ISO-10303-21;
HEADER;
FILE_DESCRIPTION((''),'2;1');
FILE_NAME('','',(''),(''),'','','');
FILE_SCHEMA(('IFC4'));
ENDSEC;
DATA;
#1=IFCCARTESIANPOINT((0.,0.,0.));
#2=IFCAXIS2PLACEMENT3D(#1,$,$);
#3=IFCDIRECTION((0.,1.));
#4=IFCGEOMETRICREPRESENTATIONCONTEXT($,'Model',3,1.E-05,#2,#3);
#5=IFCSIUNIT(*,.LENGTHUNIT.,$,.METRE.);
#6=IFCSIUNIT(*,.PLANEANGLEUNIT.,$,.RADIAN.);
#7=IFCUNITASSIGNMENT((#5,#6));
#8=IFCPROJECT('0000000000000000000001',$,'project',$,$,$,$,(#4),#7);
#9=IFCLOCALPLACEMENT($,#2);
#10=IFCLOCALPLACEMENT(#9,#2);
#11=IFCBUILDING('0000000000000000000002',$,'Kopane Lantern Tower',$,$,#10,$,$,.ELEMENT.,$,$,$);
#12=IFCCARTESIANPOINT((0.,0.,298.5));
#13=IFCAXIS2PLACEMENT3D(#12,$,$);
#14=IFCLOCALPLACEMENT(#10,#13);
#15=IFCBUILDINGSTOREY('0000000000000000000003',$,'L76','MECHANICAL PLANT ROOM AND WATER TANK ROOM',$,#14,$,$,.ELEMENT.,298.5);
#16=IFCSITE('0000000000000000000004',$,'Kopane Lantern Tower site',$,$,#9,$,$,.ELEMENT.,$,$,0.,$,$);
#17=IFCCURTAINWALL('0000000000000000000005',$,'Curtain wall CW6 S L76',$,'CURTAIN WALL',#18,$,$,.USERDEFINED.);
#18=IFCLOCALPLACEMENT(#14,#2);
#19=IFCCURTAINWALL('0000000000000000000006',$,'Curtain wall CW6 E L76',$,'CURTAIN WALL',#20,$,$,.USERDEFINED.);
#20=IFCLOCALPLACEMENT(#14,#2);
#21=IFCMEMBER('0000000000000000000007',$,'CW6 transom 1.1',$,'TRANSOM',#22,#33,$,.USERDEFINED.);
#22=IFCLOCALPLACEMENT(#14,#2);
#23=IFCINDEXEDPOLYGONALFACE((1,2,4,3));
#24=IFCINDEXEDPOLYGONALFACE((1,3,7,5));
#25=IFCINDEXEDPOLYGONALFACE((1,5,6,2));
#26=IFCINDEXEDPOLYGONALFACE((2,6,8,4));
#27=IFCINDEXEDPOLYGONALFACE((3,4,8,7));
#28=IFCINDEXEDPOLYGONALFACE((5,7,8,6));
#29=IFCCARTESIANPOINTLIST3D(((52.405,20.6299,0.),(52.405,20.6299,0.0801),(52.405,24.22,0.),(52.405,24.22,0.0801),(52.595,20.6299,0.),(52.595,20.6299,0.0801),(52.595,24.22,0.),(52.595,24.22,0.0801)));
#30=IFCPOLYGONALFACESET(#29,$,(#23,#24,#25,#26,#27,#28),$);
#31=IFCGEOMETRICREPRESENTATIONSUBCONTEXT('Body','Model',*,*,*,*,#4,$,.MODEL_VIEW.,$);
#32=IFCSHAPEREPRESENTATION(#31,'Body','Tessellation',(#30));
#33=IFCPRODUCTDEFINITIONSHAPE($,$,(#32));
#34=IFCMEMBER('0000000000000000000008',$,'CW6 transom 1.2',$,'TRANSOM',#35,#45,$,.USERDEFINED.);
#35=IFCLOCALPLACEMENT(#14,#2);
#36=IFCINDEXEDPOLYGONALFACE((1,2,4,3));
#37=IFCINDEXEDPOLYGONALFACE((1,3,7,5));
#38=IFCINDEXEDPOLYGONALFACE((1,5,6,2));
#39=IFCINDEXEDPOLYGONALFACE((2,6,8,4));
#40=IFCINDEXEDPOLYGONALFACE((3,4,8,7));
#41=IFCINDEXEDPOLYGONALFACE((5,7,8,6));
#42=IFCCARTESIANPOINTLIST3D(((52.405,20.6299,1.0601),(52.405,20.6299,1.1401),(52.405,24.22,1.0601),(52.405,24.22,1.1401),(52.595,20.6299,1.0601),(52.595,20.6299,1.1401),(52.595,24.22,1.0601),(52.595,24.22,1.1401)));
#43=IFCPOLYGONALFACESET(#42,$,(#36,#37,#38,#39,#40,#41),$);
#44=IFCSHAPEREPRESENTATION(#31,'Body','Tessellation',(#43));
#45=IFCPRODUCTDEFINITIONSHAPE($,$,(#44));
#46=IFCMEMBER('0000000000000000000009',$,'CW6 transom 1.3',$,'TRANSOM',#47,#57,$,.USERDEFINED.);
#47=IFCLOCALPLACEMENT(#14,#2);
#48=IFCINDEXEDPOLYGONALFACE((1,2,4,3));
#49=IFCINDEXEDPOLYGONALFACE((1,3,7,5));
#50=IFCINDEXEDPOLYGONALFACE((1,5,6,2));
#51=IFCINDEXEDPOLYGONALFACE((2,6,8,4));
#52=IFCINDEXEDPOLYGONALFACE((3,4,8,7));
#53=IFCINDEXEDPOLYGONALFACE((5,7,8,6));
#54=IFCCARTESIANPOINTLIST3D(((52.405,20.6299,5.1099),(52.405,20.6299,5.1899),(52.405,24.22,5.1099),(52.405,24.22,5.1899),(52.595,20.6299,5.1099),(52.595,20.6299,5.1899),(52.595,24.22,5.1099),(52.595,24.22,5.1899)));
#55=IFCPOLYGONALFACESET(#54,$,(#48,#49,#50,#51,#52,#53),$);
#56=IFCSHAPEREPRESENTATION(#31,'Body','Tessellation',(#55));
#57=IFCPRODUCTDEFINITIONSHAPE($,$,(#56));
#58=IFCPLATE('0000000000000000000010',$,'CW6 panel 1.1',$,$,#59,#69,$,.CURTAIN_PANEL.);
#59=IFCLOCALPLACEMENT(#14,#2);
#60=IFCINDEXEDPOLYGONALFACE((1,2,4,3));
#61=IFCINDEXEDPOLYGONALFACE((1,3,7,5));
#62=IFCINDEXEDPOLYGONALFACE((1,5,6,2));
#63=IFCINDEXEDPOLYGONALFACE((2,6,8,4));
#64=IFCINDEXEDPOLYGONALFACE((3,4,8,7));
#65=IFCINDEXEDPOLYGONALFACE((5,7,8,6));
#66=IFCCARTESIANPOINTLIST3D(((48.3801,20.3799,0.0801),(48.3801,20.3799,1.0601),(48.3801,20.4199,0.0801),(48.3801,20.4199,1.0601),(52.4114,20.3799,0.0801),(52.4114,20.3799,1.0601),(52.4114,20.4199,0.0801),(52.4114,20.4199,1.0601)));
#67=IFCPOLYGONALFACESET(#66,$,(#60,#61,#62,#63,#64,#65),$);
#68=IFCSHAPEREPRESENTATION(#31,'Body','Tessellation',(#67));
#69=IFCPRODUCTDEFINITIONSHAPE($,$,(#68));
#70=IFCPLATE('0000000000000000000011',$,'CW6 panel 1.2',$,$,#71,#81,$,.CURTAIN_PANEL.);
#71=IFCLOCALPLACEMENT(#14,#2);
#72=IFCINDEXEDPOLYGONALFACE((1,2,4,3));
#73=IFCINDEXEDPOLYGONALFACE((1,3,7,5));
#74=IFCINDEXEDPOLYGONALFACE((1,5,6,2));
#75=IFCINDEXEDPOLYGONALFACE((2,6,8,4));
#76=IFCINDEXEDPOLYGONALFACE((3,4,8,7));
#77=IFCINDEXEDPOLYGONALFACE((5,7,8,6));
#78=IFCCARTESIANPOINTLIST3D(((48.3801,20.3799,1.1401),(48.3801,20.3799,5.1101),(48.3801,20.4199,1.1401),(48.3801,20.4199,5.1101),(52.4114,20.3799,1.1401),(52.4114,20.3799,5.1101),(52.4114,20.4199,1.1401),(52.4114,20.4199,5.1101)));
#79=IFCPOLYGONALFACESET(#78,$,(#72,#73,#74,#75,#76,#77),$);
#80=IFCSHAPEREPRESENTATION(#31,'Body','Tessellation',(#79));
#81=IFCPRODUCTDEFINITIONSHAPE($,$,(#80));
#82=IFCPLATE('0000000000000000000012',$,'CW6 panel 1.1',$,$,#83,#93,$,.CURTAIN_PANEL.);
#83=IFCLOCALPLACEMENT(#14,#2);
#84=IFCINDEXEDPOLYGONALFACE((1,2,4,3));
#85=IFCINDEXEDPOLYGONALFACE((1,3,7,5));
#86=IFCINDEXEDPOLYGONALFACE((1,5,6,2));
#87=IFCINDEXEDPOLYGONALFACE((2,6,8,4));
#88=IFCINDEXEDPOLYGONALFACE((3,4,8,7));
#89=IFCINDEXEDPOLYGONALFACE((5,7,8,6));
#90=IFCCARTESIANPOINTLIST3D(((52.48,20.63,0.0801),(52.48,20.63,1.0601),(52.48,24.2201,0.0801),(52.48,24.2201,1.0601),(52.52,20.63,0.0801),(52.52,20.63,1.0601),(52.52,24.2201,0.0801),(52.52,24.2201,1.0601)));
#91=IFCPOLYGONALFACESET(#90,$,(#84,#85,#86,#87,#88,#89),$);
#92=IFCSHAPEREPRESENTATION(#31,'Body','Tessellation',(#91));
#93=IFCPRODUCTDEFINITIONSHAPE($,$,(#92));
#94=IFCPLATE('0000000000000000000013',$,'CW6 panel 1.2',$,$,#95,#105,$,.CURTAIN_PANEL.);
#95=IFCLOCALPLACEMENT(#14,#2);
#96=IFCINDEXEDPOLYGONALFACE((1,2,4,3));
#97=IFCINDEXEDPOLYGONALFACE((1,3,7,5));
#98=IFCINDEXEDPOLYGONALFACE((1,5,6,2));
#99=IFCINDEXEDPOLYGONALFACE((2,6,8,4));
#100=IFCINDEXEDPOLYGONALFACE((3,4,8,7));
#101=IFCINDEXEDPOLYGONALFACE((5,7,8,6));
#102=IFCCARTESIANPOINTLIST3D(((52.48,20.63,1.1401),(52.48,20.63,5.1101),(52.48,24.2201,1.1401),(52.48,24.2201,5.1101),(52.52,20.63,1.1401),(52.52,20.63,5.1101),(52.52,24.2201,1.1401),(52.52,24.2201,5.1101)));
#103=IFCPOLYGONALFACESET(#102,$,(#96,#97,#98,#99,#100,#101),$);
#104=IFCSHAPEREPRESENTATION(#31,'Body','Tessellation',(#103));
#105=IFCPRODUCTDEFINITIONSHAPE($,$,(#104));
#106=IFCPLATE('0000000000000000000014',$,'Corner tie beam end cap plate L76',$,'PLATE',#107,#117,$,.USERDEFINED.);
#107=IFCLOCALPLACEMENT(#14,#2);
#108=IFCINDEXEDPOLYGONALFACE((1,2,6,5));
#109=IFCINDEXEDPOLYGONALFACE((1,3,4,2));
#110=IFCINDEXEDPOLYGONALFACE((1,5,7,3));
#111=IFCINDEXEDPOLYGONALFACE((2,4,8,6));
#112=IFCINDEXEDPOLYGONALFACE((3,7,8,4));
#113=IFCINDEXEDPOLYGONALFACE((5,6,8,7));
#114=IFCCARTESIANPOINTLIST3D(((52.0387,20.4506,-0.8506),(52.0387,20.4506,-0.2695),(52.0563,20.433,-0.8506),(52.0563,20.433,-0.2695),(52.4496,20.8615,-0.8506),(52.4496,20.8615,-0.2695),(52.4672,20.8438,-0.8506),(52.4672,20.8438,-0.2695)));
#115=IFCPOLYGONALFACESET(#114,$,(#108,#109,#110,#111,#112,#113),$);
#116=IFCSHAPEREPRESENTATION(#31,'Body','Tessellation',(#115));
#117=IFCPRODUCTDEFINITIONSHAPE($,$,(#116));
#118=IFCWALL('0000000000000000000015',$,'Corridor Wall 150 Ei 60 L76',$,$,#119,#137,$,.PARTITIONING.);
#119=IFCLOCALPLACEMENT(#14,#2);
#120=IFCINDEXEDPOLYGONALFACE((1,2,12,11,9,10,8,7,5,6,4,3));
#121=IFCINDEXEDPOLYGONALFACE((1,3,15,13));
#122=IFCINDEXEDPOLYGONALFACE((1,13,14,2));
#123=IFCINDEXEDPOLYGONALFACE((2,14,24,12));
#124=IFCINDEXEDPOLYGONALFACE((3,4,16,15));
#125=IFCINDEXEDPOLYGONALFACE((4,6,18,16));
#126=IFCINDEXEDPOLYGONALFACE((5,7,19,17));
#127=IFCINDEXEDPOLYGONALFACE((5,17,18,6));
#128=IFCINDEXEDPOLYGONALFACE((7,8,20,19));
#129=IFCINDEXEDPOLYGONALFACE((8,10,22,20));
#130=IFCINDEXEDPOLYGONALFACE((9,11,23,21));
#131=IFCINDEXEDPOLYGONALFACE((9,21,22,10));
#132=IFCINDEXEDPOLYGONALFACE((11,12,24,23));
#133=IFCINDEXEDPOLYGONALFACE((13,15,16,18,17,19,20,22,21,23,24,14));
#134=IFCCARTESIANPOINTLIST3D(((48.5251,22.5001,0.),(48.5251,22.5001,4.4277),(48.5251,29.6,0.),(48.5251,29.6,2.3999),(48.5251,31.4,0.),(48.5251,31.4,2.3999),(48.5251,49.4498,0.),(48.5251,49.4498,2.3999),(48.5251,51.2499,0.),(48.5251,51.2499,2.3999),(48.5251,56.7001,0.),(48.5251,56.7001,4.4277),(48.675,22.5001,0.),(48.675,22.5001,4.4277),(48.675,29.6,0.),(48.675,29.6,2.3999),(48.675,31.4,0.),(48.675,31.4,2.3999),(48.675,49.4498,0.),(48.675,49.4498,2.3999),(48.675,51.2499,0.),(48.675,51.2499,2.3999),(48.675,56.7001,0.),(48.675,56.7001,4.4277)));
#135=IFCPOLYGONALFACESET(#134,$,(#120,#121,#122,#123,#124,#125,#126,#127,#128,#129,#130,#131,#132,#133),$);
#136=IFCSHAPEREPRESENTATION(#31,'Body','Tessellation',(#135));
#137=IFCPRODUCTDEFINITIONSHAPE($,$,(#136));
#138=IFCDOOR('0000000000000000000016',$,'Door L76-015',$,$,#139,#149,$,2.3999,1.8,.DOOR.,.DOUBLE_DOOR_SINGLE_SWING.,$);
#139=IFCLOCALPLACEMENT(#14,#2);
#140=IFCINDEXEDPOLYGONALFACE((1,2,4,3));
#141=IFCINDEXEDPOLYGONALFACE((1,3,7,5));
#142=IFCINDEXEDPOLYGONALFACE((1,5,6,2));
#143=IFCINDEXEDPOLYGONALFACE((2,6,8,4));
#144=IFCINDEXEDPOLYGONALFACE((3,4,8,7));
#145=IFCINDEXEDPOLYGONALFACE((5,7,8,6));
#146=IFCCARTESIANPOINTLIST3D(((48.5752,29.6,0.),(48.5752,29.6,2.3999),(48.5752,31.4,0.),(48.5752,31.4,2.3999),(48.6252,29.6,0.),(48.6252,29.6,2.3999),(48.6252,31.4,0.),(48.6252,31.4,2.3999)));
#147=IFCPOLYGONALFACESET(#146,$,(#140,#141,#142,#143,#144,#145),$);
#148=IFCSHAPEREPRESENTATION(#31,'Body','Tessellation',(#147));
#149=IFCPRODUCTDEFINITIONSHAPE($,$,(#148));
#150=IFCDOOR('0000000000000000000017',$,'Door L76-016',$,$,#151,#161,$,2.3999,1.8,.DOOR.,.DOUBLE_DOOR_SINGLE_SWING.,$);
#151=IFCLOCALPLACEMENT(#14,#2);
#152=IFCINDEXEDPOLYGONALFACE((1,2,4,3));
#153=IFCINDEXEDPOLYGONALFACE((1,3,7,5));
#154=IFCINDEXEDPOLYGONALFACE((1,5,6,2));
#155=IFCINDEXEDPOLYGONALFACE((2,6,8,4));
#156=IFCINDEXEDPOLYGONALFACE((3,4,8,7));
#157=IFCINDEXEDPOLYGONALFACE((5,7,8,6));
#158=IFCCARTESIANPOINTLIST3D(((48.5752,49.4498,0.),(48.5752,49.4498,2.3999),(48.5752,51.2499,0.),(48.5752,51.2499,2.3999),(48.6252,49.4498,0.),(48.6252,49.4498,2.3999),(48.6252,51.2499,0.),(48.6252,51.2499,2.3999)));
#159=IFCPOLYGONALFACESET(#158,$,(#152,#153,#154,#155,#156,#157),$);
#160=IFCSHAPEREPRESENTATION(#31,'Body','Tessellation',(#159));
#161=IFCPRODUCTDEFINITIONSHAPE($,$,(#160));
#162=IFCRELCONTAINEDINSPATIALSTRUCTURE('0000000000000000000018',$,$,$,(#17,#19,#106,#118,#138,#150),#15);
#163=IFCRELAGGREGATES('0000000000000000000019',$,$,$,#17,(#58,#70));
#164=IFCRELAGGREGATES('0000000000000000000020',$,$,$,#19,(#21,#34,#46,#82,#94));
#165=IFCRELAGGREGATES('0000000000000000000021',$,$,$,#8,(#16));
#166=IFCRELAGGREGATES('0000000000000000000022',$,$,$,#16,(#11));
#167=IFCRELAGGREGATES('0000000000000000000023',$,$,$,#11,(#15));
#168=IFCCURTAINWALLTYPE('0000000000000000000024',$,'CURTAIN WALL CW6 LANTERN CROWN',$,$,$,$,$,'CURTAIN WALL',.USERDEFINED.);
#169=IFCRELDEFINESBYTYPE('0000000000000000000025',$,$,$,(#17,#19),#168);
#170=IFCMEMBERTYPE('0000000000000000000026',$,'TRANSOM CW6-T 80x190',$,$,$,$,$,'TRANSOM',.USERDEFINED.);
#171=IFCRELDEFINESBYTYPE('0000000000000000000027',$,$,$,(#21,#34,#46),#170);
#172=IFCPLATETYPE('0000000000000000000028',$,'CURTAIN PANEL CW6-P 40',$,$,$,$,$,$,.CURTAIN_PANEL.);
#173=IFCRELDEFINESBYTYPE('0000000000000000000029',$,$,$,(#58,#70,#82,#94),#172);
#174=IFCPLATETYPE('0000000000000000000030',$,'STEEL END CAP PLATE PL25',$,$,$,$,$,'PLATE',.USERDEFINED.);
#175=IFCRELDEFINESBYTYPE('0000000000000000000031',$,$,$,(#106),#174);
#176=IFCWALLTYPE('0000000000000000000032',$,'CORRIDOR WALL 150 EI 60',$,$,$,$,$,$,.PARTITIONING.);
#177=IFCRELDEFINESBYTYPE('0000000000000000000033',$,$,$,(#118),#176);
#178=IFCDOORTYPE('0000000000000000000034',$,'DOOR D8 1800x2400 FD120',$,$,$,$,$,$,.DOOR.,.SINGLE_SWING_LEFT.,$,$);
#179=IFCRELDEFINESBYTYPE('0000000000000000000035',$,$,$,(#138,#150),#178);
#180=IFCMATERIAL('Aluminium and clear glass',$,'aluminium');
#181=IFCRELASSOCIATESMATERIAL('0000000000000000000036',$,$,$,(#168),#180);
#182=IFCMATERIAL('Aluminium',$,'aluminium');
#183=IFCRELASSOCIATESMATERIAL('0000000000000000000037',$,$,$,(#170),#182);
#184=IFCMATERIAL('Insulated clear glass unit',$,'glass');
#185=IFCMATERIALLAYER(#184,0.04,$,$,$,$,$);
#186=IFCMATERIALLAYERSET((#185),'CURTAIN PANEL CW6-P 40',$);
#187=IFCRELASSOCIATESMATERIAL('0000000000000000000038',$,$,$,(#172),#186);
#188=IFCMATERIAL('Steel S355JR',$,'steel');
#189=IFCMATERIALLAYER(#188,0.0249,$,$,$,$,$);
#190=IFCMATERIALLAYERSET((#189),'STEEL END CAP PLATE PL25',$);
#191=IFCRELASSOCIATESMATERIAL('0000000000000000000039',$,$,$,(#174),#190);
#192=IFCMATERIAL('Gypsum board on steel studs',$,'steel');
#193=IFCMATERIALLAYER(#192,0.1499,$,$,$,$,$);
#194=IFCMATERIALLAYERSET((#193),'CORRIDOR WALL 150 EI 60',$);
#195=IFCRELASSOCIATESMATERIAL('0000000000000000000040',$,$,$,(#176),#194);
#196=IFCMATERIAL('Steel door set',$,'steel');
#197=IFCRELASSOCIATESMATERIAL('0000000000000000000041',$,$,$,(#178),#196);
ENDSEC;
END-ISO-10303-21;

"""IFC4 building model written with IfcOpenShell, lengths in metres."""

from ifc_helpers import new_model, si_unit, direction, frame, frame_2d, origin, origin_2d, place, context, subcontext, project, spatial, rectangle, extrude, material, layer, layer_set, material_profile, profile_set, type_object, element, fill, aggregate, save


model = new_model("IFC4")

# Units and contexts
model_context = context("Model", 3, precision=1e-05, world=origin(), true_north=direction((0.0, 1.0)))
body_context = subcontext(model_context, "Body", "Model", "MODEL_VIEW")
ifc_project = project(units=[si_unit("LENGTHUNIT", "METRE"), si_unit("PLANEANGLEUNIT", "RADIAN")], contexts=[model_context])

# Site, building, storey
site_placement = place(None, origin())
site = spatial("IfcSite", under=ifc_project, at=site_placement, Name="Kopane Lantern Tower site", CompositionType="ELEMENT", RefElevation=0.0)
building_placement = place(site_placement, origin())
building = spatial("IfcBuilding", under=site, at=building_placement, Name="Kopane Lantern Tower", CompositionType="ELEMENT")
storey_placement = place(building_placement, frame((0.0, 0.0, 298.5)))
storey = spatial("IfcBuildingStorey", under=building, at=storey_placement, Name="L76", Description="MECHANICAL PLANT ROOM AND WATER TANK ROOM", CompositionType="ELEMENT", Elevation=298.5)

# Curtain wall
ifc_material_1 = material(Name="Aluminium and clear glass", Category="aluminium")
curtain_wall_type = type_object("IfcCurtainWallType", Name="CURTAIN WALL CW6 LANTERN CROWN", ElementType="CURTAIN WALL", PredefinedType="USERDEFINED", material=ifc_material_1)
curtain_wall_1_placement = place(storey_placement, origin())
curtain_wall_1 = element("IfcCurtainWall", 1, at=curtain_wall_1_placement, inside=storey, type_object=curtain_wall_type, Name="Curtain wall CW6 S L76", ObjectType="CURTAIN WALL", PredefinedType="USERDEFINED")

# Curtain wall
curtain_wall_2_placement = place(storey_placement, origin())
curtain_wall_2 = element("IfcCurtainWall", 2, at=curtain_wall_2_placement, inside=storey, type_object=curtain_wall_type, Name="Curtain wall CW6 E L76", ObjectType="CURTAIN WALL", PredefinedType="USERDEFINED")

# Members
ifc_material_2 = material(Name="Aluminium", Category="aluminium")
ifc_material_profile_1 = material_profile(ifc_material_2, rectangle(XDim=0.1899, YDim=0.0801, at=origin_2d()), Name="AL 190x80")
ifc_profile_set_1 = profile_set([ifc_material_profile_1], Name="Aluminium")
member_type_1 = type_object("IfcMemberType", Name="TRANSOM CW6-T 80x190", ElementType="TRANSOM", PredefinedType="USERDEFINED", material=ifc_profile_set_1)
member_1_placement = place(storey_placement, frame((52.5, 20.6299, 0.04), z_axis=(0.0, 1.0, 0.0), x_axis=(-1.0, 0.0, 0.0)))
member_1 = element("IfcMember", 3, at=member_1_placement, type_object=member_type_1, Name="CW6 transom 1.1", ObjectType="TRANSOM", PredefinedType="USERDEFINED", context=body_context, shape_type="SweptSolid", body=[
    extrude(rectangle(XDim=0.1899, YDim=0.0801, at=origin_2d()), origin(), (0.0, 0.0, 1.0), 3.5901),
])
member_2_placement = place(storey_placement, frame((52.5, 20.6299, 1.1001), z_axis=(0.0, 1.0, 0.0), x_axis=(-1.0, 0.0, 0.0)))
member_2 = element("IfcMember", 4, at=member_2_placement, type_object=member_type_1, Name="CW6 transom 1.2", ObjectType="TRANSOM", PredefinedType="USERDEFINED", context=body_context, shape_type="SweptSolid", body=[
    extrude(rectangle(XDim=0.1899, YDim=0.0801, at=origin_2d()), origin(), (0.0, 0.0, 1.0), 3.5901),
])
member_3_placement = place(storey_placement, frame((52.5, 20.6299, 5.1499), z_axis=(0.0, 1.0, 0.0), x_axis=(-1.0, 0.0, 0.0)))
member_3 = element("IfcMember", 5, at=member_3_placement, type_object=member_type_1, Name="CW6 transom 1.3", ObjectType="TRANSOM", PredefinedType="USERDEFINED", context=body_context, shape_type="SweptSolid", body=[
    extrude(rectangle(XDim=0.1899, YDim=0.0801, at=origin_2d()), origin(), (0.0, 0.0, 1.0), 3.5901),
])

# Plates
ifc_material_3 = material(Name="Insulated clear glass unit", Category="glass")
ifc_layer_1 = layer(ifc_material_3, 0.04)
ifc_layer_set_1 = layer_set([ifc_layer_1], Name="CURTAIN PANEL CW6-P 40")
plate_type_1 = type_object("IfcPlateType", Name="CURTAIN PANEL CW6-P 40", PredefinedType="CURTAIN_PANEL", material=ifc_layer_set_1)
plate_1_placement = place(storey_placement, frame((50.3958, 20.3999, 0.0801), z_axis=(0.0, 0.0, 1.0), x_axis=(1.0, 0.0, 0.0)))
plate_1 = element("IfcPlate", 6, at=plate_1_placement, type_object=plate_type_1, Name="CW6 panel 1.1", PredefinedType="CURTAIN_PANEL", context=body_context, shape_type="SweptSolid", body=[
    extrude(rectangle(XDim=4.0312, YDim=0.04, at=origin_2d()), origin(), (0.0, 0.0, 1.0), 0.98),
])
plate_2_placement = place(storey_placement, frame((50.3958, 20.3999, 1.1401), z_axis=(0.0, 0.0, 1.0), x_axis=(1.0, 0.0, 0.0)))
plate_2 = element("IfcPlate", 7, at=plate_2_placement, type_object=plate_type_1, Name="CW6 panel 1.2", PredefinedType="CURTAIN_PANEL", context=body_context, shape_type="SweptSolid", body=[
    extrude(rectangle(XDim=4.0312, YDim=0.04, at=origin_2d()), origin(), (0.0, 0.0, 1.0), 3.97),
])
aggregate(curtain_wall_1, [plate_1, plate_2])
plate_3_placement = place(storey_placement, frame((52.5, 22.425, 0.0801), z_axis=(0.0, 0.0, 1.0), x_axis=(0.0, 1.0, 0.0)))
plate_3 = element("IfcPlate", 8, at=plate_3_placement, type_object=plate_type_1, Name="CW6 panel 1.1", PredefinedType="CURTAIN_PANEL", context=body_context, shape_type="SweptSolid", body=[
    extrude(rectangle(XDim=3.5901, YDim=0.04, at=origin_2d()), origin(), (0.0, 0.0, 1.0), 0.98),
])
plate_4_placement = place(storey_placement, frame((52.5, 22.425, 1.1401), z_axis=(0.0, 0.0, 1.0), x_axis=(0.0, 1.0, 0.0)))
plate_4 = element("IfcPlate", 9, at=plate_4_placement, type_object=plate_type_1, Name="CW6 panel 1.2", PredefinedType="CURTAIN_PANEL", context=body_context, shape_type="SweptSolid", body=[
    extrude(rectangle(XDim=3.5901, YDim=0.04, at=origin_2d()), origin(), (0.0, 0.0, 1.0), 3.97),
])
aggregate(curtain_wall_2, [member_1, member_2, member_3, plate_3, plate_4])
ifc_material_4 = material(Name="Steel S355JR", Category="steel")
ifc_layer_2 = layer(ifc_material_4, 0.0249)
ifc_layer_set_2 = layer_set([ifc_layer_2], Name="STEEL END CAP PLATE PL25")
plate_type_2 = type_object("IfcPlateType", Name="STEEL END CAP PLATE PL25", ElementType="PLATE", PredefinedType="USERDEFINED", material=ifc_layer_set_2)
plate_5_placement = place(storey_placement, frame((52.2529, 20.6472, -0.8506), z_axis=(0.0, 0.0, 1.0), x_axis=(0.707107, -0.707107, 0.0)))
element("IfcPlate", 10, at=plate_5_placement, inside=storey, type_object=plate_type_2, Name="Corner tie beam end cap plate L76", ObjectType="PLATE", PredefinedType="USERDEFINED", context=body_context, shape_type="SweptSolid", body=[
    extrude(rectangle(XDim=0.0249, YDim=0.5811, at=origin_2d()), origin(), (0.0, 0.0, 1.0), 0.5811),
])

# Wall, openings, doors
ifc_material_5 = material(Name="Gypsum board on steel studs", Category="steel")
ifc_layer_3 = layer(ifc_material_5, 0.1499)
ifc_layer_set_3 = layer_set([ifc_layer_3], Name="CORRIDOR WALL 150 EI 60")
wall_type_1 = type_object("IfcWallType", Name="CORRIDOR WALL 150 EI 60", PredefinedType="PARTITIONING", material=ifc_layer_set_3)
wall_1_placement = place(storey_placement, frame((48.6001, 22.5, 0.0), z_axis=(0.0, 0.0, 1.0), x_axis=(0.0, 1.0, 0.0)))
wall_1 = element("IfcWall", 11, at=wall_1_placement, inside=storey, type_object=wall_type_1, Name="Corridor Wall 150 Ei 60 L76", PredefinedType="PARTITIONING", context=body_context, shape_type="SweptSolid", body=[
    extrude(rectangle(XDim=34.2, YDim=0.1499, at=frame_2d((17.1001, 0.0))), origin(), (0.0, 0.0, 1.0), 4.4277),
])
opening_1_placement = place(wall_1_placement, frame((7.1001, 0.0, 0.0)))
opening_1 = element("IfcOpeningElement", 12, at=opening_1_placement, cuts=wall_1, PredefinedType="OPENING", context=body_context, shape_type="SweptSolid", body=[
    extrude(rectangle(XDim=1.8, YDim=2.3999, at=frame_2d((0.8999, 1.2))), frame((0.0, 0.085, 0.0), z_axis=(0.0, -1.0, 0.0), x_axis=(1.0, 0.0, 0.0)), (0.0, 0.0, 1.0), 0.1699),
])
opening_2_placement = place(wall_1_placement, frame((26.95, 0.0, 0.0)))
opening_2 = element("IfcOpeningElement", 13, at=opening_2_placement, cuts=wall_1, PredefinedType="OPENING", context=body_context, shape_type="SweptSolid", body=[
    extrude(rectangle(XDim=1.8, YDim=2.3999, at=frame_2d((0.8999, 1.2))), frame((0.0, 0.085, 0.0), z_axis=(0.0, -1.0, 0.0), x_axis=(1.0, 0.0, 0.0)), (0.0, 0.0, 1.0), 0.1699),
])
ifc_material_6 = material(Name="Steel door set", Category="steel")
door_type_1 = type_object("IfcDoorType", Name="DOOR D8 1800x2400 FD120", OperationType="SINGLE_SWING_LEFT", PredefinedType="DOOR", material=ifc_material_6)
door_1_placement = place(opening_1_placement, origin())
door_1 = element("IfcDoor", 14, at=door_1_placement, inside=storey, type_object=door_type_1, Name="Door L76-015", OperationType="DOUBLE_DOOR_SINGLE_SWING", OverallHeight=2.3999, OverallWidth=1.8, PredefinedType="DOOR", context=body_context, shape_type="SweptSolid", body=[
    extrude(rectangle(XDim=1.8, YDim=2.3999, at=frame_2d((0.8999, 1.2))), frame((0.0, 0.0249, 0.0), z_axis=(0.0, -1.0, 0.0), x_axis=(1.0, 0.0, 0.0)), (0.0, 0.0, 1.0), 0.05),
])
fill(opening_1, door_1)
door_2_placement = place(opening_2_placement, origin())
door_2 = element("IfcDoor", 15, at=door_2_placement, inside=storey, type_object=door_type_1, Name="Door L76-016", OperationType="DOUBLE_DOOR_SINGLE_SWING", OverallHeight=2.3999, OverallWidth=1.8, PredefinedType="DOOR", context=body_context, shape_type="SweptSolid", body=[
    extrude(rectangle(XDim=1.8, YDim=2.3999, at=frame_2d((0.8999, 1.2))), frame((0.0, 0.0249, 0.0), z_axis=(0.0, -1.0, 0.0), x_axis=(1.0, 0.0, 0.0)), (0.0, 0.0, 1.0), 0.05),
])
fill(opening_2, door_2)

save(model, "model.ifc")
